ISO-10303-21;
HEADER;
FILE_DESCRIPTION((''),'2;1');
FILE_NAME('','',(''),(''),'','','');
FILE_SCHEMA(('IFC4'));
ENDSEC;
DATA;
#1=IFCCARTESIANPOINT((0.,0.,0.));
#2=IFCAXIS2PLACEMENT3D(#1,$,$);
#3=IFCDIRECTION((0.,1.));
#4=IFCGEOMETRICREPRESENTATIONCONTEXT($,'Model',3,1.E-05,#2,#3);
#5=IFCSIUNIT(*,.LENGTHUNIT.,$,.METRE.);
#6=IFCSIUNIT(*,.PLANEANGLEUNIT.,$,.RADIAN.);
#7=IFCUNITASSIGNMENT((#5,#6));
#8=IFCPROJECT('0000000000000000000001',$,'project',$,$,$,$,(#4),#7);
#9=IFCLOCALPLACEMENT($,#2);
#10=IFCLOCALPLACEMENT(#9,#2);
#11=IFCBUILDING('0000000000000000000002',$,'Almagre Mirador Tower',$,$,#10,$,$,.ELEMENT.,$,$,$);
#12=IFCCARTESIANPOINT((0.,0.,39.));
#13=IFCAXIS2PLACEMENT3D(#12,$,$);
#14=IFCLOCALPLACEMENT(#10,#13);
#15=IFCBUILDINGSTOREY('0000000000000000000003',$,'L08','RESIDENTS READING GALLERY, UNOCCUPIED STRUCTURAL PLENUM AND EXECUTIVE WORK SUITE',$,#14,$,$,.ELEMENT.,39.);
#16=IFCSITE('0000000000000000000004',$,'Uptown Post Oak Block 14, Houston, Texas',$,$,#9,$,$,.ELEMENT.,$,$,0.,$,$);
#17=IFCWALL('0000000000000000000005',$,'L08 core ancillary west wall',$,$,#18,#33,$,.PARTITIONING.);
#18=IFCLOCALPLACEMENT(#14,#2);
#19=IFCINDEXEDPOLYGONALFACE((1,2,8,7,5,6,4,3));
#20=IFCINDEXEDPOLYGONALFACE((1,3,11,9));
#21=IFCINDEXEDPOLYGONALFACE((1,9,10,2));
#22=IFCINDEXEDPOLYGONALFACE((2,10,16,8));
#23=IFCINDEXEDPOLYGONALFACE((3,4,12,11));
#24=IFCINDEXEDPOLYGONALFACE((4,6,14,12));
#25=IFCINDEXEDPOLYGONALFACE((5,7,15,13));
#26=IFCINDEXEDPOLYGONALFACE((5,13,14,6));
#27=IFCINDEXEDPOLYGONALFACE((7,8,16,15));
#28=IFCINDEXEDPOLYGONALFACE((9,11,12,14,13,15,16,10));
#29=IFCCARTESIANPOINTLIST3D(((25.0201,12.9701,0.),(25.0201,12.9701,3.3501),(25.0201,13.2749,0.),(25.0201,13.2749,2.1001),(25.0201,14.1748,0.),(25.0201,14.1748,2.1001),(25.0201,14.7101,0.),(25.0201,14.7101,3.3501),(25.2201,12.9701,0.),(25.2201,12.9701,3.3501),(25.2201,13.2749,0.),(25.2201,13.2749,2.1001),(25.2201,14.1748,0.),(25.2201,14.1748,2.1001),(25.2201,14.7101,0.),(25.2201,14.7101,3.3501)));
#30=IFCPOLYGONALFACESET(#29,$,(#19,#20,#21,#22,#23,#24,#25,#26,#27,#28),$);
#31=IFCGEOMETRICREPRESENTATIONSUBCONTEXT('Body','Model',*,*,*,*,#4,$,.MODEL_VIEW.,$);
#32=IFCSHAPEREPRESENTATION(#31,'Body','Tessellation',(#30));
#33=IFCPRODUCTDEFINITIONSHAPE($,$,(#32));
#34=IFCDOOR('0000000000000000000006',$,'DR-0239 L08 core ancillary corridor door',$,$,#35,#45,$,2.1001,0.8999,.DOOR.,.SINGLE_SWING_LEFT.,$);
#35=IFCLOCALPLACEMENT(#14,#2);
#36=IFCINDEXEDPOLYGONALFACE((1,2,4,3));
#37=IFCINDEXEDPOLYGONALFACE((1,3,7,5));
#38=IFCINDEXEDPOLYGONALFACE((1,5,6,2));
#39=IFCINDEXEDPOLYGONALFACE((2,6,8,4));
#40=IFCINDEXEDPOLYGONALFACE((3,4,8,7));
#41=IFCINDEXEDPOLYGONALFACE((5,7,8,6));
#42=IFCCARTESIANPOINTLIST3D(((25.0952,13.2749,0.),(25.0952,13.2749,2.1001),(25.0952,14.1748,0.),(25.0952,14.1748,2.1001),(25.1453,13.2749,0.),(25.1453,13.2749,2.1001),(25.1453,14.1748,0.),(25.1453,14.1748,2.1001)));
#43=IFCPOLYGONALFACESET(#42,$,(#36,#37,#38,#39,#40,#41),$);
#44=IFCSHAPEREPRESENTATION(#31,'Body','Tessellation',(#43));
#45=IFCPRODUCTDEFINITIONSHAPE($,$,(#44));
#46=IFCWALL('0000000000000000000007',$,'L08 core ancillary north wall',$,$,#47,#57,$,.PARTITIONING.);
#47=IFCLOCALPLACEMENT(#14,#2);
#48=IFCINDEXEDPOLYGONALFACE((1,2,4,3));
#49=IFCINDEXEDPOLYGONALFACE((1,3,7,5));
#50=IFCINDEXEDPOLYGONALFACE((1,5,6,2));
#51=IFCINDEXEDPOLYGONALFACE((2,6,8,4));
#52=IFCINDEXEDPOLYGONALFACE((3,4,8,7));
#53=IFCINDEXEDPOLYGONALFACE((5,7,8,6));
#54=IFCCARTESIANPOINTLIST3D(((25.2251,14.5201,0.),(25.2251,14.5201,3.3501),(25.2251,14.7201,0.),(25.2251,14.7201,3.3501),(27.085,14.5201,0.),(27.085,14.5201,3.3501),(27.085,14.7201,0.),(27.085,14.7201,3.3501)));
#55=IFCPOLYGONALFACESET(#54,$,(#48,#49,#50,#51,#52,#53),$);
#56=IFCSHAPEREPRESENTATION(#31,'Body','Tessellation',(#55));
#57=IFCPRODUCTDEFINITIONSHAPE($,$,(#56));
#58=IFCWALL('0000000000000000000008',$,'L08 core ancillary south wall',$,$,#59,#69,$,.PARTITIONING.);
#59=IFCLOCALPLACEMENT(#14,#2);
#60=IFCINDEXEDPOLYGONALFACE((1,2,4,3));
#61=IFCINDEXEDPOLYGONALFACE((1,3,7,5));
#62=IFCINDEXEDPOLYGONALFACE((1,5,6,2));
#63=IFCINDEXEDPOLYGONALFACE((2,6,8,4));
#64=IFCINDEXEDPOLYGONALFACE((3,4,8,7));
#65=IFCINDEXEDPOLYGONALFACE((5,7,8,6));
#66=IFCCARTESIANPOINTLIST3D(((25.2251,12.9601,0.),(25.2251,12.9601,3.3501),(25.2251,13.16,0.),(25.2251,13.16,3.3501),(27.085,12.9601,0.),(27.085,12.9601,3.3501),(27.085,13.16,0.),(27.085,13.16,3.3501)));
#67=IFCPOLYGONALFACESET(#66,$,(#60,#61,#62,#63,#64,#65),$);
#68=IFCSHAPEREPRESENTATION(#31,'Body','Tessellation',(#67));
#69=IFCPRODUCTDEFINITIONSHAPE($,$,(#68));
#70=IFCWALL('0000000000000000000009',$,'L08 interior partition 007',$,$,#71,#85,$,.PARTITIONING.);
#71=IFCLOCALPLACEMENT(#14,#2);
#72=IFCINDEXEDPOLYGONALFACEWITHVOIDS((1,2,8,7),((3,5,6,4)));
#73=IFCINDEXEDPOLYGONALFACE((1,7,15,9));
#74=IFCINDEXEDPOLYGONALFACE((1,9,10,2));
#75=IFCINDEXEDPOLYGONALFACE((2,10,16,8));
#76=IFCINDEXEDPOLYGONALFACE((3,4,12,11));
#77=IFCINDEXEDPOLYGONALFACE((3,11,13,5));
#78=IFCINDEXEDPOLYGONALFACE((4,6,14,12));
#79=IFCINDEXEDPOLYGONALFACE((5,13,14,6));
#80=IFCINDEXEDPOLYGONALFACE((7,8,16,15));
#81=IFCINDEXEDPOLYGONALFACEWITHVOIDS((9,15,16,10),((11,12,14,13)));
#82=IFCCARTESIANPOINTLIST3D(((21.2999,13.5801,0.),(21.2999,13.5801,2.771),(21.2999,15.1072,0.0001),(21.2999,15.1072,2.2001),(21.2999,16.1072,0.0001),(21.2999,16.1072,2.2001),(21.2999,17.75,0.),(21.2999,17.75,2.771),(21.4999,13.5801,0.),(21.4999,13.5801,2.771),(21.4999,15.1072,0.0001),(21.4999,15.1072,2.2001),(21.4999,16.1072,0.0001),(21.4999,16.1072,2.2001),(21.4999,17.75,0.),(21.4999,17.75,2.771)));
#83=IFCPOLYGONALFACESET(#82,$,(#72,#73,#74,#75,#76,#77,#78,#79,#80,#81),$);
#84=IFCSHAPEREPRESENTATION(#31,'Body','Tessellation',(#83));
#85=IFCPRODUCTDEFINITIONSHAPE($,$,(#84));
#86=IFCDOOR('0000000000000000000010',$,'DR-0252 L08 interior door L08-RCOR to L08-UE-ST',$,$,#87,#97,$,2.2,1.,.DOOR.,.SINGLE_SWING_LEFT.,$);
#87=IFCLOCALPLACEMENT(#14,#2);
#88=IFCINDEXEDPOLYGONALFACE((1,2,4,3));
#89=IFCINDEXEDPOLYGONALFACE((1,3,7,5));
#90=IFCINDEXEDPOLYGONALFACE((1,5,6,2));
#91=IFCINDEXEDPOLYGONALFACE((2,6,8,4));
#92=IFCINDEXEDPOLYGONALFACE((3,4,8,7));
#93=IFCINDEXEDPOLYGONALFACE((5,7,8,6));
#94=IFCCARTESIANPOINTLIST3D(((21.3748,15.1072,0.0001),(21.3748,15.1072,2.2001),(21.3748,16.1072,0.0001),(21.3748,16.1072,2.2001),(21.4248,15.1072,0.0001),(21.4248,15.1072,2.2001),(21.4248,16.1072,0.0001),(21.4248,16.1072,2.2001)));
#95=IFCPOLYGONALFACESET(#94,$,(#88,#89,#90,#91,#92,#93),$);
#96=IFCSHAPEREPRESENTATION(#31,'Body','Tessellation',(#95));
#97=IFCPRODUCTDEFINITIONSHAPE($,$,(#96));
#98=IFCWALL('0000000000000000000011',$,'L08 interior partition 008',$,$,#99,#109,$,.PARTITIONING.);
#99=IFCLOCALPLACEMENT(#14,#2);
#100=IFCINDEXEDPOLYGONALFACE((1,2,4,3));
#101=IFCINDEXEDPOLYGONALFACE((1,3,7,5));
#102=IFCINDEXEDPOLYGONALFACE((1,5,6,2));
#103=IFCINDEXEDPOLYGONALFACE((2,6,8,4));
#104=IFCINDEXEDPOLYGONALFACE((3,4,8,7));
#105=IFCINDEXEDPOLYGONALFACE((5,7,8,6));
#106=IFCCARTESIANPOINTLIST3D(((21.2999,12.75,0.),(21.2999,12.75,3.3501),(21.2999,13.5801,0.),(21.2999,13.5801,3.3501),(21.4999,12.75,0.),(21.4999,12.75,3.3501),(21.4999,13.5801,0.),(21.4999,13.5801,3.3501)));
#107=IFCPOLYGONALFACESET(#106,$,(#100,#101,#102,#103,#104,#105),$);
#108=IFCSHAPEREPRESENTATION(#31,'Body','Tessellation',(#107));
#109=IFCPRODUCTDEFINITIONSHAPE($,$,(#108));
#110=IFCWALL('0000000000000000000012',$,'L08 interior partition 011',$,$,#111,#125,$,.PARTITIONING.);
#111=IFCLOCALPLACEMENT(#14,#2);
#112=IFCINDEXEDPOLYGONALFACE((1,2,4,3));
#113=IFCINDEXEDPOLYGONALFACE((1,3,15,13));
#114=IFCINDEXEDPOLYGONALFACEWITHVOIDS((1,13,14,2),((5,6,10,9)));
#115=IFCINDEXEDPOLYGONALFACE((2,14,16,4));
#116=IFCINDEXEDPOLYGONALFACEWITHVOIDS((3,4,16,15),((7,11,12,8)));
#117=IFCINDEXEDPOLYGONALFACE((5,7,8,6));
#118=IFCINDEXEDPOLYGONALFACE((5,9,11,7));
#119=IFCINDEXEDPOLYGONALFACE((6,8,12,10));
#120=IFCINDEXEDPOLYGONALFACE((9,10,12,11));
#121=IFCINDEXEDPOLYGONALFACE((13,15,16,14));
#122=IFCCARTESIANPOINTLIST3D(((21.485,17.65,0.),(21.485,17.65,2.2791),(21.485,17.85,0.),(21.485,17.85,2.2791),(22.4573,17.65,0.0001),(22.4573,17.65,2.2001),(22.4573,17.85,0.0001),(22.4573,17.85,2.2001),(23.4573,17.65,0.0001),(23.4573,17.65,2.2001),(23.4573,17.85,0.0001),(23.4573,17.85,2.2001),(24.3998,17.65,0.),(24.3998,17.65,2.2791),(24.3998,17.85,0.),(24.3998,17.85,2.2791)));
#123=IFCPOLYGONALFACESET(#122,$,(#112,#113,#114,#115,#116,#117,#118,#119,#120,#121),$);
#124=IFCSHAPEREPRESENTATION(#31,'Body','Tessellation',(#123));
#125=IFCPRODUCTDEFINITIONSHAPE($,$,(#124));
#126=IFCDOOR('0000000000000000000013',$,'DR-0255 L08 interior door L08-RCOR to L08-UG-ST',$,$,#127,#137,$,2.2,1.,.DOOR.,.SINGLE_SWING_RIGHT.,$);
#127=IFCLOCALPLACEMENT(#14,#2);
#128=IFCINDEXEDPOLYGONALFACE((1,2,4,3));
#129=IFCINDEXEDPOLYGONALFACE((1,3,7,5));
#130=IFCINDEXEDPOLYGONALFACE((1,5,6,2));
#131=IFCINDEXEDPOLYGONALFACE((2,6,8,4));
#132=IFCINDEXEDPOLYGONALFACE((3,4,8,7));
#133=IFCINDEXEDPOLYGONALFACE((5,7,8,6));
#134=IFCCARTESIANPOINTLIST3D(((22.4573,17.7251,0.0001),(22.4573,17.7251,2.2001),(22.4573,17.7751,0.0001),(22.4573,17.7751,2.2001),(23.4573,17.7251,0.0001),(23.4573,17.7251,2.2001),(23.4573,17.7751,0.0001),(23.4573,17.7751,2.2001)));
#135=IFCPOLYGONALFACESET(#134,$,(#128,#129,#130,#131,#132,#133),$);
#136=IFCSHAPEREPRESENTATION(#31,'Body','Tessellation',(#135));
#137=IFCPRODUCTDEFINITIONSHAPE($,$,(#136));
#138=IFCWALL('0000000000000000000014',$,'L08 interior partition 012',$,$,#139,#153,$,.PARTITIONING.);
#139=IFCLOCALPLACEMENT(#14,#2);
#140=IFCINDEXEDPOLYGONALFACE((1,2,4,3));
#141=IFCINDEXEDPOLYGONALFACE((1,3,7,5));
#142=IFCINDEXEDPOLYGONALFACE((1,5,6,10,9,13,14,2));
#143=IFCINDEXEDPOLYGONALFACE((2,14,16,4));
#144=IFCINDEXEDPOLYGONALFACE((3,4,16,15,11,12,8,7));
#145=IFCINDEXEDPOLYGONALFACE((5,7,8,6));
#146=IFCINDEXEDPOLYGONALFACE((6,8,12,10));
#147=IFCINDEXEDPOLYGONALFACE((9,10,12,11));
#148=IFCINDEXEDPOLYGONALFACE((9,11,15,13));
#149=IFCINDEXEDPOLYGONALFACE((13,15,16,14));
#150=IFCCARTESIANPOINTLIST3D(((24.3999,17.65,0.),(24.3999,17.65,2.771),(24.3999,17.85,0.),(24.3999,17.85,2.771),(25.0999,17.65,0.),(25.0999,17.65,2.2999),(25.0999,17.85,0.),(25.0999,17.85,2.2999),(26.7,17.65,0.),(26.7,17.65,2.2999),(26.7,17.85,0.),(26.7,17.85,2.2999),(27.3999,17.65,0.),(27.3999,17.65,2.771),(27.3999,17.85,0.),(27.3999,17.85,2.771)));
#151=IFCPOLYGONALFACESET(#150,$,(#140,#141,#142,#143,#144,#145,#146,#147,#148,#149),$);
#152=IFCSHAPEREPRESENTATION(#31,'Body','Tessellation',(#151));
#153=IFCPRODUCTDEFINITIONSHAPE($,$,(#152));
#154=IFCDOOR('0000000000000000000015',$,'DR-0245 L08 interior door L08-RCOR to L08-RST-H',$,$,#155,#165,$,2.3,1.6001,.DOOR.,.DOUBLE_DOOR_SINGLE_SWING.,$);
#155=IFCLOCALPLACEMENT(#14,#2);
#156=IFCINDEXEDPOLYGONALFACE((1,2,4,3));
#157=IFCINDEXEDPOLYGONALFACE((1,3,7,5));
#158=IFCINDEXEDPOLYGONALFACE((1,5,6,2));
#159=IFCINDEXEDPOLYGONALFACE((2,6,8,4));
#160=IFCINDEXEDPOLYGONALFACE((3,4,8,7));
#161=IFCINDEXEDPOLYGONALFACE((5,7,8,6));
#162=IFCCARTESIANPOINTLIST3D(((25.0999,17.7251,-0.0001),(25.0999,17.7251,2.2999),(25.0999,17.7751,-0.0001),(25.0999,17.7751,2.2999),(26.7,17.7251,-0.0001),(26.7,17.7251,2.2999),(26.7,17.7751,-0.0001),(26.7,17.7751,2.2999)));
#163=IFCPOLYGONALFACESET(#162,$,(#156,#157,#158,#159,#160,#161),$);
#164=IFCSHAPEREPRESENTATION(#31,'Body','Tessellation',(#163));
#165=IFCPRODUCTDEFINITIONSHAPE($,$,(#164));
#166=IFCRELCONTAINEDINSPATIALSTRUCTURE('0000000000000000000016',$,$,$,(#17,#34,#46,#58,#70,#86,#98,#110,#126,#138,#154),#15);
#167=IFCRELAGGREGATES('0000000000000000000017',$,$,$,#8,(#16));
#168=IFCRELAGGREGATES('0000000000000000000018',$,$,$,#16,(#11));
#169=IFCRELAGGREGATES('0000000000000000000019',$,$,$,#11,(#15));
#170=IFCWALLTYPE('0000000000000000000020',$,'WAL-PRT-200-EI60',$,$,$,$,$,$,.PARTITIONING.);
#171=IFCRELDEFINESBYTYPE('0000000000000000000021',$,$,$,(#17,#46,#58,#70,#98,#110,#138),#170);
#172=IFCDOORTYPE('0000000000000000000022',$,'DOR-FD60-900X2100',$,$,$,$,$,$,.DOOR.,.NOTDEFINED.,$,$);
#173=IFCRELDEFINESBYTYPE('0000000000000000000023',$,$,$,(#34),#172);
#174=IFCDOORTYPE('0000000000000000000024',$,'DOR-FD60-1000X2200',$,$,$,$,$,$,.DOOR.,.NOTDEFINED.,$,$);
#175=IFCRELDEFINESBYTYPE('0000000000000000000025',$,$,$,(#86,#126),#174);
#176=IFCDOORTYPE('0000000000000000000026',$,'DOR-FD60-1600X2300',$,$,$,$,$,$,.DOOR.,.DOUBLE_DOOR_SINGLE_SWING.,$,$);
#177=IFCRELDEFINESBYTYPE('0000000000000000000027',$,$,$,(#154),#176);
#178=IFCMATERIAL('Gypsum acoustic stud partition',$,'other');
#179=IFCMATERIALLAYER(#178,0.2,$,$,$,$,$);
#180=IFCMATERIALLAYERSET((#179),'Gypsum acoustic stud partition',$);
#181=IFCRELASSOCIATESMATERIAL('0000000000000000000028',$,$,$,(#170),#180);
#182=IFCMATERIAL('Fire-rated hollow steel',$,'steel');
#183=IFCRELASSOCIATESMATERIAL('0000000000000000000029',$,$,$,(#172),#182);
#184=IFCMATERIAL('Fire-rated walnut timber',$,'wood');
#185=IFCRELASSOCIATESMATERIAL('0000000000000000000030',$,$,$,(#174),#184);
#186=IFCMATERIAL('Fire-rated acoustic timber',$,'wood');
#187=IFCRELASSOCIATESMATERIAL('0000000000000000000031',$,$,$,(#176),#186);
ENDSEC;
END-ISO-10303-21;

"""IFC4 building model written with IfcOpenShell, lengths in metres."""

from ifc_helpers import new_model, si_unit, direction, frame, frame_2d, origin, place, context, subcontext, project, spatial, rectangle, extrude, material, layer, layer_set, type_object, element, fill, save


model = new_model("IFC4")

# Units and contexts
model_context = context("Model", 3, precision=1e-05, world=origin(), true_north=direction((0.0, 1.0)))
body_context = subcontext(model_context, "Body", "Model", "MODEL_VIEW")
ifc_project = project(units=[si_unit("LENGTHUNIT", "METRE"), si_unit("PLANEANGLEUNIT", "RADIAN")], contexts=[model_context])

# Site, building, storey
site_placement = place(None, origin())
site = spatial("IfcSite", under=ifc_project, at=site_placement, Name="Uptown Post Oak Block 14, Houston, Texas", CompositionType="ELEMENT", RefElevation=0.0)
building_placement = place(site_placement, origin())
building = spatial("IfcBuilding", under=site, at=building_placement, Name="Almagre Mirador Tower", CompositionType="ELEMENT")
storey_placement = place(building_placement, frame((0.0, 0.0, 39.0)))
storey = spatial("IfcBuildingStorey", under=building, at=storey_placement, Name="L08", Description="RESIDENTS READING GALLERY, UNOCCUPIED STRUCTURAL PLENUM AND EXECUTIVE WORK SUITE", CompositionType="ELEMENT", Elevation=39.0)

# Wall, opening, door
ifc_material_1 = material(Name="Gypsum acoustic stud partition", Category="other")
ifc_layer_1 = layer(ifc_material_1, 0.2)
ifc_layer_set_1 = layer_set([ifc_layer_1], Name="Gypsum acoustic stud partition")
wall_type_1 = type_object("IfcWallType", Name="WAL-PRT-200-EI60", PredefinedType="PARTITIONING", material=ifc_layer_set_1)
wall_1_placement = place(storey_placement, frame((25.1201, 12.97, 0.0), z_axis=(0.0, 0.0, 1.0), x_axis=(0.0, 1.0, 0.0)))
wall_1 = element("IfcWall", 1, at=wall_1_placement, inside=storey, type_object=wall_type_1, Name="L08 core ancillary west wall", PredefinedType="PARTITIONING", context=body_context, shape_type="SweptSolid", body=[
    extrude(rectangle(XDim=1.74, YDim=0.2, at=frame_2d((0.8701, 0.0))), origin(), (0.0, 0.0, 1.0), 3.3501),
])
opening_1_placement = place(wall_1_placement, frame((0.3049, 0.0, 0.0)))
opening_1 = element("IfcOpeningElement", 2, at=opening_1_placement, cuts=wall_1, PredefinedType="OPENING", context=body_context, shape_type="SweptSolid", body=[
    extrude(rectangle(XDim=0.8999, YDim=2.1001, at=frame_2d((0.45, 1.05))), frame((0.0, 0.1101, 0.0), z_axis=(0.0, -1.0, 0.0), x_axis=(1.0, 0.0, 0.0)), (0.0, 0.0, 1.0), 0.22),
])
ifc_material_2 = material(Name="Fire-rated hollow steel", Category="steel")
door_type_1 = type_object("IfcDoorType", Name="DOR-FD60-900X2100", OperationType="NOTDEFINED", PredefinedType="DOOR", material=ifc_material_2)
door_1_placement = place(opening_1_placement, origin())
door_1 = element("IfcDoor", 3, at=door_1_placement, inside=storey, type_object=door_type_1, Name="DR-0239 L08 core ancillary corridor door", OperationType="SINGLE_SWING_LEFT", OverallHeight=2.1001, OverallWidth=0.8999, PredefinedType="DOOR", context=body_context, shape_type="SweptSolid", body=[
    extrude(rectangle(XDim=0.8999, YDim=2.1001, at=frame_2d((0.45, 1.05))), frame((0.0, 0.0249, 0.0), z_axis=(0.0, -1.0, 0.0), x_axis=(1.0, 0.0, 0.0)), (0.0, 0.0, 1.0), 0.05),
])
fill(opening_1, door_1)

# Walls
for number, where, z_axis, x_axis, name in (
    (4, (25.2251, 14.6201, 0.0), (0.0, 0.0, 1.0), (1.0, 0.0, 0.0), "L08 core ancillary north wall"),
    (5, (25.2251, 13.0601, 0.0), (0.0, 0.0, 1.0), (1.0, 0.0, 0.0), "L08 core ancillary south wall"),
):
    element("IfcWall", number, at=place(storey_placement, frame(where, z_axis=z_axis, x_axis=x_axis)), inside=storey, type_object=wall_type_1, Name=name, PredefinedType="PARTITIONING", context=body_context, shape_type="SweptSolid", body=[
        extrude(rectangle(XDim=1.8599, YDim=0.2, at=frame_2d((0.9299, 0.0))), origin(), (0.0, 0.0, 1.0), 3.3501),
    ])

# Wall, opening, door
wall_2_placement = place(storey_placement, frame((21.3999, 17.75, 0.0), z_axis=(0.0, 0.0, 1.0), x_axis=(0.0, -1.0, 0.0)))
wall_2 = element("IfcWall", 6, at=wall_2_placement, inside=storey, type_object=wall_type_1, Name="L08 interior partition 007", PredefinedType="PARTITIONING", context=body_context, shape_type="SweptSolid", body=[
    extrude(rectangle(XDim=4.1699, YDim=0.2, at=frame_2d((2.085, 0.0))), origin(), (0.0, 0.0, 1.0), 2.771),
])
opening_2_placement = place(wall_2_placement, frame((1.6428, 0.0, 0.0)))
opening_2 = element("IfcOpeningElement", 7, at=opening_2_placement, cuts=wall_2, PredefinedType="OPENING", context=body_context, shape_type="SweptSolid", body=[
    extrude(rectangle(XDim=1.0, YDim=2.2, at=frame_2d((0.5, 1.1001))), frame((0.0, 0.1101, 0.0), z_axis=(0.0, -1.0, 0.0), x_axis=(1.0, 0.0, 0.0)), (0.0, 0.0, 1.0), 0.22),
])
ifc_material_3 = material(Name="Fire-rated walnut timber", Category="wood")
door_type_2 = type_object("IfcDoorType", Name="DOR-FD60-1000X2200", OperationType="NOTDEFINED", PredefinedType="DOOR", material=ifc_material_3)
door_2_placement = place(opening_2_placement, origin())
door_2 = element("IfcDoor", 8, at=door_2_placement, inside=storey, type_object=door_type_2, Name="DR-0252 L08 interior door L08-RCOR to L08-UE-ST", OperationType="SINGLE_SWING_LEFT", OverallHeight=2.2, OverallWidth=1.0, PredefinedType="DOOR", context=body_context, shape_type="SweptSolid", body=[
    extrude(rectangle(XDim=1.0, YDim=2.2, at=frame_2d((0.5, 1.1001))), frame((0.0, 0.0249, 0.0), z_axis=(0.0, -1.0, 0.0), x_axis=(1.0, 0.0, 0.0)), (0.0, 0.0, 1.0), 0.05),
])
fill(opening_2, door_2)

# Wall
wall_3_placement = place(storey_placement, frame((21.3999, 13.5801, 0.0), z_axis=(0.0, 0.0, 1.0), x_axis=(0.0, -1.0, 0.0)))
element("IfcWall", 9, at=wall_3_placement, inside=storey, type_object=wall_type_1, Name="L08 interior partition 008", PredefinedType="PARTITIONING", context=body_context, shape_type="SweptSolid", body=[
    extrude(rectangle(XDim=0.8301, YDim=0.2, at=frame_2d((0.415, 0.0))), origin(), (0.0, 0.0, 1.0), 3.3501),
])

# Walls, openings, doors
wall_4_placement = place(storey_placement, frame((24.3999, 17.75, 0.0), z_axis=(0.0, 0.0, 1.0), x_axis=(-1.0, 0.0, 0.0)))
wall_4 = element("IfcWall", 10, at=wall_4_placement, inside=storey, type_object=wall_type_1, Name="L08 interior partition 011", PredefinedType="PARTITIONING", context=body_context, shape_type="SweptSolid", body=[
    extrude(rectangle(XDim=2.9148, YDim=0.2, at=frame_2d((1.4575, 0.0))), origin(), (0.0, 0.0, 1.0), 2.2791),
])
opening_3_placement = place(wall_4_placement, frame((0.9426, 0.0, 0.0)))
opening_3 = element("IfcOpeningElement", 11, at=opening_3_placement, cuts=wall_4, PredefinedType="OPENING", context=body_context, shape_type="SweptSolid", body=[
    extrude(rectangle(XDim=1.0, YDim=2.2, at=frame_2d((0.5, 1.1001))), frame((0.0, 0.1101, 0.0), z_axis=(0.0, -1.0, 0.0), x_axis=(1.0, 0.0, 0.0)), (0.0, 0.0, 1.0), 0.22),
])
door_3_placement = place(opening_3_placement, origin())
door_3 = element("IfcDoor", 12, at=door_3_placement, inside=storey, type_object=door_type_2, Name="DR-0255 L08 interior door L08-RCOR to L08-UG-ST", OperationType="SINGLE_SWING_RIGHT", OverallHeight=2.2, OverallWidth=1.0, PredefinedType="DOOR", context=body_context, shape_type="SweptSolid", body=[
    extrude(rectangle(XDim=1.0, YDim=2.2, at=frame_2d((0.5, 1.1001))), frame((0.0, 0.0249, 0.0), z_axis=(0.0, -1.0, 0.0), x_axis=(1.0, 0.0, 0.0)), (0.0, 0.0, 1.0), 0.05),
])
fill(opening_3, door_3)
wall_5_placement = place(storey_placement, frame((27.3999, 17.75, 0.0), z_axis=(0.0, 0.0, 1.0), x_axis=(-1.0, 0.0, 0.0)))
wall_5 = element("IfcWall", 13, at=wall_5_placement, inside=storey, type_object=wall_type_1, Name="L08 interior partition 012", PredefinedType="PARTITIONING", context=body_context, shape_type="SweptSolid", body=[
    extrude(rectangle(XDim=3.0, YDim=0.2, at=frame_2d((1.5, 0.0))), origin(), (0.0, 0.0, 1.0), 2.771),
])
opening_4_placement = place(wall_5_placement, frame((0.7, 0.0, 0.0)))
opening_4 = element("IfcOpeningElement", 14, at=opening_4_placement, cuts=wall_5, PredefinedType="OPENING", context=body_context, shape_type="SweptSolid", body=[
    extrude(rectangle(XDim=1.6001, YDim=2.3, at=frame_2d((0.8, 1.1499))), frame((0.0, 0.1101, 0.0), z_axis=(0.0, -1.0, 0.0), x_axis=(1.0, 0.0, 0.0)), (0.0, 0.0, 1.0), 0.22),
])
ifc_material_4 = material(Name="Fire-rated acoustic timber", Category="wood")
door_type_3 = type_object("IfcDoorType", Name="DOR-FD60-1600X2300", OperationType="DOUBLE_DOOR_SINGLE_SWING", PredefinedType="DOOR", material=ifc_material_4)
door_4_placement = place(opening_4_placement, origin())
door_4 = element("IfcDoor", 15, at=door_4_placement, inside=storey, type_object=door_type_3, Name="DR-0245 L08 interior door L08-RCOR to L08-RST-H", OperationType="DOUBLE_DOOR_SINGLE_SWING", OverallHeight=2.3, OverallWidth=1.6001, PredefinedType="DOOR", context=body_context, shape_type="SweptSolid", body=[
    extrude(rectangle(XDim=1.6001, YDim=2.3, at=frame_2d((0.8, 1.1499))), frame((0.0, 0.0249, 0.0), z_axis=(0.0, -1.0, 0.0), x_axis=(1.0, 0.0, 0.0)), (0.0, 0.0, 1.0), 0.05),
])
fill(opening_4, door_4)

save(model, "model.ifc")
